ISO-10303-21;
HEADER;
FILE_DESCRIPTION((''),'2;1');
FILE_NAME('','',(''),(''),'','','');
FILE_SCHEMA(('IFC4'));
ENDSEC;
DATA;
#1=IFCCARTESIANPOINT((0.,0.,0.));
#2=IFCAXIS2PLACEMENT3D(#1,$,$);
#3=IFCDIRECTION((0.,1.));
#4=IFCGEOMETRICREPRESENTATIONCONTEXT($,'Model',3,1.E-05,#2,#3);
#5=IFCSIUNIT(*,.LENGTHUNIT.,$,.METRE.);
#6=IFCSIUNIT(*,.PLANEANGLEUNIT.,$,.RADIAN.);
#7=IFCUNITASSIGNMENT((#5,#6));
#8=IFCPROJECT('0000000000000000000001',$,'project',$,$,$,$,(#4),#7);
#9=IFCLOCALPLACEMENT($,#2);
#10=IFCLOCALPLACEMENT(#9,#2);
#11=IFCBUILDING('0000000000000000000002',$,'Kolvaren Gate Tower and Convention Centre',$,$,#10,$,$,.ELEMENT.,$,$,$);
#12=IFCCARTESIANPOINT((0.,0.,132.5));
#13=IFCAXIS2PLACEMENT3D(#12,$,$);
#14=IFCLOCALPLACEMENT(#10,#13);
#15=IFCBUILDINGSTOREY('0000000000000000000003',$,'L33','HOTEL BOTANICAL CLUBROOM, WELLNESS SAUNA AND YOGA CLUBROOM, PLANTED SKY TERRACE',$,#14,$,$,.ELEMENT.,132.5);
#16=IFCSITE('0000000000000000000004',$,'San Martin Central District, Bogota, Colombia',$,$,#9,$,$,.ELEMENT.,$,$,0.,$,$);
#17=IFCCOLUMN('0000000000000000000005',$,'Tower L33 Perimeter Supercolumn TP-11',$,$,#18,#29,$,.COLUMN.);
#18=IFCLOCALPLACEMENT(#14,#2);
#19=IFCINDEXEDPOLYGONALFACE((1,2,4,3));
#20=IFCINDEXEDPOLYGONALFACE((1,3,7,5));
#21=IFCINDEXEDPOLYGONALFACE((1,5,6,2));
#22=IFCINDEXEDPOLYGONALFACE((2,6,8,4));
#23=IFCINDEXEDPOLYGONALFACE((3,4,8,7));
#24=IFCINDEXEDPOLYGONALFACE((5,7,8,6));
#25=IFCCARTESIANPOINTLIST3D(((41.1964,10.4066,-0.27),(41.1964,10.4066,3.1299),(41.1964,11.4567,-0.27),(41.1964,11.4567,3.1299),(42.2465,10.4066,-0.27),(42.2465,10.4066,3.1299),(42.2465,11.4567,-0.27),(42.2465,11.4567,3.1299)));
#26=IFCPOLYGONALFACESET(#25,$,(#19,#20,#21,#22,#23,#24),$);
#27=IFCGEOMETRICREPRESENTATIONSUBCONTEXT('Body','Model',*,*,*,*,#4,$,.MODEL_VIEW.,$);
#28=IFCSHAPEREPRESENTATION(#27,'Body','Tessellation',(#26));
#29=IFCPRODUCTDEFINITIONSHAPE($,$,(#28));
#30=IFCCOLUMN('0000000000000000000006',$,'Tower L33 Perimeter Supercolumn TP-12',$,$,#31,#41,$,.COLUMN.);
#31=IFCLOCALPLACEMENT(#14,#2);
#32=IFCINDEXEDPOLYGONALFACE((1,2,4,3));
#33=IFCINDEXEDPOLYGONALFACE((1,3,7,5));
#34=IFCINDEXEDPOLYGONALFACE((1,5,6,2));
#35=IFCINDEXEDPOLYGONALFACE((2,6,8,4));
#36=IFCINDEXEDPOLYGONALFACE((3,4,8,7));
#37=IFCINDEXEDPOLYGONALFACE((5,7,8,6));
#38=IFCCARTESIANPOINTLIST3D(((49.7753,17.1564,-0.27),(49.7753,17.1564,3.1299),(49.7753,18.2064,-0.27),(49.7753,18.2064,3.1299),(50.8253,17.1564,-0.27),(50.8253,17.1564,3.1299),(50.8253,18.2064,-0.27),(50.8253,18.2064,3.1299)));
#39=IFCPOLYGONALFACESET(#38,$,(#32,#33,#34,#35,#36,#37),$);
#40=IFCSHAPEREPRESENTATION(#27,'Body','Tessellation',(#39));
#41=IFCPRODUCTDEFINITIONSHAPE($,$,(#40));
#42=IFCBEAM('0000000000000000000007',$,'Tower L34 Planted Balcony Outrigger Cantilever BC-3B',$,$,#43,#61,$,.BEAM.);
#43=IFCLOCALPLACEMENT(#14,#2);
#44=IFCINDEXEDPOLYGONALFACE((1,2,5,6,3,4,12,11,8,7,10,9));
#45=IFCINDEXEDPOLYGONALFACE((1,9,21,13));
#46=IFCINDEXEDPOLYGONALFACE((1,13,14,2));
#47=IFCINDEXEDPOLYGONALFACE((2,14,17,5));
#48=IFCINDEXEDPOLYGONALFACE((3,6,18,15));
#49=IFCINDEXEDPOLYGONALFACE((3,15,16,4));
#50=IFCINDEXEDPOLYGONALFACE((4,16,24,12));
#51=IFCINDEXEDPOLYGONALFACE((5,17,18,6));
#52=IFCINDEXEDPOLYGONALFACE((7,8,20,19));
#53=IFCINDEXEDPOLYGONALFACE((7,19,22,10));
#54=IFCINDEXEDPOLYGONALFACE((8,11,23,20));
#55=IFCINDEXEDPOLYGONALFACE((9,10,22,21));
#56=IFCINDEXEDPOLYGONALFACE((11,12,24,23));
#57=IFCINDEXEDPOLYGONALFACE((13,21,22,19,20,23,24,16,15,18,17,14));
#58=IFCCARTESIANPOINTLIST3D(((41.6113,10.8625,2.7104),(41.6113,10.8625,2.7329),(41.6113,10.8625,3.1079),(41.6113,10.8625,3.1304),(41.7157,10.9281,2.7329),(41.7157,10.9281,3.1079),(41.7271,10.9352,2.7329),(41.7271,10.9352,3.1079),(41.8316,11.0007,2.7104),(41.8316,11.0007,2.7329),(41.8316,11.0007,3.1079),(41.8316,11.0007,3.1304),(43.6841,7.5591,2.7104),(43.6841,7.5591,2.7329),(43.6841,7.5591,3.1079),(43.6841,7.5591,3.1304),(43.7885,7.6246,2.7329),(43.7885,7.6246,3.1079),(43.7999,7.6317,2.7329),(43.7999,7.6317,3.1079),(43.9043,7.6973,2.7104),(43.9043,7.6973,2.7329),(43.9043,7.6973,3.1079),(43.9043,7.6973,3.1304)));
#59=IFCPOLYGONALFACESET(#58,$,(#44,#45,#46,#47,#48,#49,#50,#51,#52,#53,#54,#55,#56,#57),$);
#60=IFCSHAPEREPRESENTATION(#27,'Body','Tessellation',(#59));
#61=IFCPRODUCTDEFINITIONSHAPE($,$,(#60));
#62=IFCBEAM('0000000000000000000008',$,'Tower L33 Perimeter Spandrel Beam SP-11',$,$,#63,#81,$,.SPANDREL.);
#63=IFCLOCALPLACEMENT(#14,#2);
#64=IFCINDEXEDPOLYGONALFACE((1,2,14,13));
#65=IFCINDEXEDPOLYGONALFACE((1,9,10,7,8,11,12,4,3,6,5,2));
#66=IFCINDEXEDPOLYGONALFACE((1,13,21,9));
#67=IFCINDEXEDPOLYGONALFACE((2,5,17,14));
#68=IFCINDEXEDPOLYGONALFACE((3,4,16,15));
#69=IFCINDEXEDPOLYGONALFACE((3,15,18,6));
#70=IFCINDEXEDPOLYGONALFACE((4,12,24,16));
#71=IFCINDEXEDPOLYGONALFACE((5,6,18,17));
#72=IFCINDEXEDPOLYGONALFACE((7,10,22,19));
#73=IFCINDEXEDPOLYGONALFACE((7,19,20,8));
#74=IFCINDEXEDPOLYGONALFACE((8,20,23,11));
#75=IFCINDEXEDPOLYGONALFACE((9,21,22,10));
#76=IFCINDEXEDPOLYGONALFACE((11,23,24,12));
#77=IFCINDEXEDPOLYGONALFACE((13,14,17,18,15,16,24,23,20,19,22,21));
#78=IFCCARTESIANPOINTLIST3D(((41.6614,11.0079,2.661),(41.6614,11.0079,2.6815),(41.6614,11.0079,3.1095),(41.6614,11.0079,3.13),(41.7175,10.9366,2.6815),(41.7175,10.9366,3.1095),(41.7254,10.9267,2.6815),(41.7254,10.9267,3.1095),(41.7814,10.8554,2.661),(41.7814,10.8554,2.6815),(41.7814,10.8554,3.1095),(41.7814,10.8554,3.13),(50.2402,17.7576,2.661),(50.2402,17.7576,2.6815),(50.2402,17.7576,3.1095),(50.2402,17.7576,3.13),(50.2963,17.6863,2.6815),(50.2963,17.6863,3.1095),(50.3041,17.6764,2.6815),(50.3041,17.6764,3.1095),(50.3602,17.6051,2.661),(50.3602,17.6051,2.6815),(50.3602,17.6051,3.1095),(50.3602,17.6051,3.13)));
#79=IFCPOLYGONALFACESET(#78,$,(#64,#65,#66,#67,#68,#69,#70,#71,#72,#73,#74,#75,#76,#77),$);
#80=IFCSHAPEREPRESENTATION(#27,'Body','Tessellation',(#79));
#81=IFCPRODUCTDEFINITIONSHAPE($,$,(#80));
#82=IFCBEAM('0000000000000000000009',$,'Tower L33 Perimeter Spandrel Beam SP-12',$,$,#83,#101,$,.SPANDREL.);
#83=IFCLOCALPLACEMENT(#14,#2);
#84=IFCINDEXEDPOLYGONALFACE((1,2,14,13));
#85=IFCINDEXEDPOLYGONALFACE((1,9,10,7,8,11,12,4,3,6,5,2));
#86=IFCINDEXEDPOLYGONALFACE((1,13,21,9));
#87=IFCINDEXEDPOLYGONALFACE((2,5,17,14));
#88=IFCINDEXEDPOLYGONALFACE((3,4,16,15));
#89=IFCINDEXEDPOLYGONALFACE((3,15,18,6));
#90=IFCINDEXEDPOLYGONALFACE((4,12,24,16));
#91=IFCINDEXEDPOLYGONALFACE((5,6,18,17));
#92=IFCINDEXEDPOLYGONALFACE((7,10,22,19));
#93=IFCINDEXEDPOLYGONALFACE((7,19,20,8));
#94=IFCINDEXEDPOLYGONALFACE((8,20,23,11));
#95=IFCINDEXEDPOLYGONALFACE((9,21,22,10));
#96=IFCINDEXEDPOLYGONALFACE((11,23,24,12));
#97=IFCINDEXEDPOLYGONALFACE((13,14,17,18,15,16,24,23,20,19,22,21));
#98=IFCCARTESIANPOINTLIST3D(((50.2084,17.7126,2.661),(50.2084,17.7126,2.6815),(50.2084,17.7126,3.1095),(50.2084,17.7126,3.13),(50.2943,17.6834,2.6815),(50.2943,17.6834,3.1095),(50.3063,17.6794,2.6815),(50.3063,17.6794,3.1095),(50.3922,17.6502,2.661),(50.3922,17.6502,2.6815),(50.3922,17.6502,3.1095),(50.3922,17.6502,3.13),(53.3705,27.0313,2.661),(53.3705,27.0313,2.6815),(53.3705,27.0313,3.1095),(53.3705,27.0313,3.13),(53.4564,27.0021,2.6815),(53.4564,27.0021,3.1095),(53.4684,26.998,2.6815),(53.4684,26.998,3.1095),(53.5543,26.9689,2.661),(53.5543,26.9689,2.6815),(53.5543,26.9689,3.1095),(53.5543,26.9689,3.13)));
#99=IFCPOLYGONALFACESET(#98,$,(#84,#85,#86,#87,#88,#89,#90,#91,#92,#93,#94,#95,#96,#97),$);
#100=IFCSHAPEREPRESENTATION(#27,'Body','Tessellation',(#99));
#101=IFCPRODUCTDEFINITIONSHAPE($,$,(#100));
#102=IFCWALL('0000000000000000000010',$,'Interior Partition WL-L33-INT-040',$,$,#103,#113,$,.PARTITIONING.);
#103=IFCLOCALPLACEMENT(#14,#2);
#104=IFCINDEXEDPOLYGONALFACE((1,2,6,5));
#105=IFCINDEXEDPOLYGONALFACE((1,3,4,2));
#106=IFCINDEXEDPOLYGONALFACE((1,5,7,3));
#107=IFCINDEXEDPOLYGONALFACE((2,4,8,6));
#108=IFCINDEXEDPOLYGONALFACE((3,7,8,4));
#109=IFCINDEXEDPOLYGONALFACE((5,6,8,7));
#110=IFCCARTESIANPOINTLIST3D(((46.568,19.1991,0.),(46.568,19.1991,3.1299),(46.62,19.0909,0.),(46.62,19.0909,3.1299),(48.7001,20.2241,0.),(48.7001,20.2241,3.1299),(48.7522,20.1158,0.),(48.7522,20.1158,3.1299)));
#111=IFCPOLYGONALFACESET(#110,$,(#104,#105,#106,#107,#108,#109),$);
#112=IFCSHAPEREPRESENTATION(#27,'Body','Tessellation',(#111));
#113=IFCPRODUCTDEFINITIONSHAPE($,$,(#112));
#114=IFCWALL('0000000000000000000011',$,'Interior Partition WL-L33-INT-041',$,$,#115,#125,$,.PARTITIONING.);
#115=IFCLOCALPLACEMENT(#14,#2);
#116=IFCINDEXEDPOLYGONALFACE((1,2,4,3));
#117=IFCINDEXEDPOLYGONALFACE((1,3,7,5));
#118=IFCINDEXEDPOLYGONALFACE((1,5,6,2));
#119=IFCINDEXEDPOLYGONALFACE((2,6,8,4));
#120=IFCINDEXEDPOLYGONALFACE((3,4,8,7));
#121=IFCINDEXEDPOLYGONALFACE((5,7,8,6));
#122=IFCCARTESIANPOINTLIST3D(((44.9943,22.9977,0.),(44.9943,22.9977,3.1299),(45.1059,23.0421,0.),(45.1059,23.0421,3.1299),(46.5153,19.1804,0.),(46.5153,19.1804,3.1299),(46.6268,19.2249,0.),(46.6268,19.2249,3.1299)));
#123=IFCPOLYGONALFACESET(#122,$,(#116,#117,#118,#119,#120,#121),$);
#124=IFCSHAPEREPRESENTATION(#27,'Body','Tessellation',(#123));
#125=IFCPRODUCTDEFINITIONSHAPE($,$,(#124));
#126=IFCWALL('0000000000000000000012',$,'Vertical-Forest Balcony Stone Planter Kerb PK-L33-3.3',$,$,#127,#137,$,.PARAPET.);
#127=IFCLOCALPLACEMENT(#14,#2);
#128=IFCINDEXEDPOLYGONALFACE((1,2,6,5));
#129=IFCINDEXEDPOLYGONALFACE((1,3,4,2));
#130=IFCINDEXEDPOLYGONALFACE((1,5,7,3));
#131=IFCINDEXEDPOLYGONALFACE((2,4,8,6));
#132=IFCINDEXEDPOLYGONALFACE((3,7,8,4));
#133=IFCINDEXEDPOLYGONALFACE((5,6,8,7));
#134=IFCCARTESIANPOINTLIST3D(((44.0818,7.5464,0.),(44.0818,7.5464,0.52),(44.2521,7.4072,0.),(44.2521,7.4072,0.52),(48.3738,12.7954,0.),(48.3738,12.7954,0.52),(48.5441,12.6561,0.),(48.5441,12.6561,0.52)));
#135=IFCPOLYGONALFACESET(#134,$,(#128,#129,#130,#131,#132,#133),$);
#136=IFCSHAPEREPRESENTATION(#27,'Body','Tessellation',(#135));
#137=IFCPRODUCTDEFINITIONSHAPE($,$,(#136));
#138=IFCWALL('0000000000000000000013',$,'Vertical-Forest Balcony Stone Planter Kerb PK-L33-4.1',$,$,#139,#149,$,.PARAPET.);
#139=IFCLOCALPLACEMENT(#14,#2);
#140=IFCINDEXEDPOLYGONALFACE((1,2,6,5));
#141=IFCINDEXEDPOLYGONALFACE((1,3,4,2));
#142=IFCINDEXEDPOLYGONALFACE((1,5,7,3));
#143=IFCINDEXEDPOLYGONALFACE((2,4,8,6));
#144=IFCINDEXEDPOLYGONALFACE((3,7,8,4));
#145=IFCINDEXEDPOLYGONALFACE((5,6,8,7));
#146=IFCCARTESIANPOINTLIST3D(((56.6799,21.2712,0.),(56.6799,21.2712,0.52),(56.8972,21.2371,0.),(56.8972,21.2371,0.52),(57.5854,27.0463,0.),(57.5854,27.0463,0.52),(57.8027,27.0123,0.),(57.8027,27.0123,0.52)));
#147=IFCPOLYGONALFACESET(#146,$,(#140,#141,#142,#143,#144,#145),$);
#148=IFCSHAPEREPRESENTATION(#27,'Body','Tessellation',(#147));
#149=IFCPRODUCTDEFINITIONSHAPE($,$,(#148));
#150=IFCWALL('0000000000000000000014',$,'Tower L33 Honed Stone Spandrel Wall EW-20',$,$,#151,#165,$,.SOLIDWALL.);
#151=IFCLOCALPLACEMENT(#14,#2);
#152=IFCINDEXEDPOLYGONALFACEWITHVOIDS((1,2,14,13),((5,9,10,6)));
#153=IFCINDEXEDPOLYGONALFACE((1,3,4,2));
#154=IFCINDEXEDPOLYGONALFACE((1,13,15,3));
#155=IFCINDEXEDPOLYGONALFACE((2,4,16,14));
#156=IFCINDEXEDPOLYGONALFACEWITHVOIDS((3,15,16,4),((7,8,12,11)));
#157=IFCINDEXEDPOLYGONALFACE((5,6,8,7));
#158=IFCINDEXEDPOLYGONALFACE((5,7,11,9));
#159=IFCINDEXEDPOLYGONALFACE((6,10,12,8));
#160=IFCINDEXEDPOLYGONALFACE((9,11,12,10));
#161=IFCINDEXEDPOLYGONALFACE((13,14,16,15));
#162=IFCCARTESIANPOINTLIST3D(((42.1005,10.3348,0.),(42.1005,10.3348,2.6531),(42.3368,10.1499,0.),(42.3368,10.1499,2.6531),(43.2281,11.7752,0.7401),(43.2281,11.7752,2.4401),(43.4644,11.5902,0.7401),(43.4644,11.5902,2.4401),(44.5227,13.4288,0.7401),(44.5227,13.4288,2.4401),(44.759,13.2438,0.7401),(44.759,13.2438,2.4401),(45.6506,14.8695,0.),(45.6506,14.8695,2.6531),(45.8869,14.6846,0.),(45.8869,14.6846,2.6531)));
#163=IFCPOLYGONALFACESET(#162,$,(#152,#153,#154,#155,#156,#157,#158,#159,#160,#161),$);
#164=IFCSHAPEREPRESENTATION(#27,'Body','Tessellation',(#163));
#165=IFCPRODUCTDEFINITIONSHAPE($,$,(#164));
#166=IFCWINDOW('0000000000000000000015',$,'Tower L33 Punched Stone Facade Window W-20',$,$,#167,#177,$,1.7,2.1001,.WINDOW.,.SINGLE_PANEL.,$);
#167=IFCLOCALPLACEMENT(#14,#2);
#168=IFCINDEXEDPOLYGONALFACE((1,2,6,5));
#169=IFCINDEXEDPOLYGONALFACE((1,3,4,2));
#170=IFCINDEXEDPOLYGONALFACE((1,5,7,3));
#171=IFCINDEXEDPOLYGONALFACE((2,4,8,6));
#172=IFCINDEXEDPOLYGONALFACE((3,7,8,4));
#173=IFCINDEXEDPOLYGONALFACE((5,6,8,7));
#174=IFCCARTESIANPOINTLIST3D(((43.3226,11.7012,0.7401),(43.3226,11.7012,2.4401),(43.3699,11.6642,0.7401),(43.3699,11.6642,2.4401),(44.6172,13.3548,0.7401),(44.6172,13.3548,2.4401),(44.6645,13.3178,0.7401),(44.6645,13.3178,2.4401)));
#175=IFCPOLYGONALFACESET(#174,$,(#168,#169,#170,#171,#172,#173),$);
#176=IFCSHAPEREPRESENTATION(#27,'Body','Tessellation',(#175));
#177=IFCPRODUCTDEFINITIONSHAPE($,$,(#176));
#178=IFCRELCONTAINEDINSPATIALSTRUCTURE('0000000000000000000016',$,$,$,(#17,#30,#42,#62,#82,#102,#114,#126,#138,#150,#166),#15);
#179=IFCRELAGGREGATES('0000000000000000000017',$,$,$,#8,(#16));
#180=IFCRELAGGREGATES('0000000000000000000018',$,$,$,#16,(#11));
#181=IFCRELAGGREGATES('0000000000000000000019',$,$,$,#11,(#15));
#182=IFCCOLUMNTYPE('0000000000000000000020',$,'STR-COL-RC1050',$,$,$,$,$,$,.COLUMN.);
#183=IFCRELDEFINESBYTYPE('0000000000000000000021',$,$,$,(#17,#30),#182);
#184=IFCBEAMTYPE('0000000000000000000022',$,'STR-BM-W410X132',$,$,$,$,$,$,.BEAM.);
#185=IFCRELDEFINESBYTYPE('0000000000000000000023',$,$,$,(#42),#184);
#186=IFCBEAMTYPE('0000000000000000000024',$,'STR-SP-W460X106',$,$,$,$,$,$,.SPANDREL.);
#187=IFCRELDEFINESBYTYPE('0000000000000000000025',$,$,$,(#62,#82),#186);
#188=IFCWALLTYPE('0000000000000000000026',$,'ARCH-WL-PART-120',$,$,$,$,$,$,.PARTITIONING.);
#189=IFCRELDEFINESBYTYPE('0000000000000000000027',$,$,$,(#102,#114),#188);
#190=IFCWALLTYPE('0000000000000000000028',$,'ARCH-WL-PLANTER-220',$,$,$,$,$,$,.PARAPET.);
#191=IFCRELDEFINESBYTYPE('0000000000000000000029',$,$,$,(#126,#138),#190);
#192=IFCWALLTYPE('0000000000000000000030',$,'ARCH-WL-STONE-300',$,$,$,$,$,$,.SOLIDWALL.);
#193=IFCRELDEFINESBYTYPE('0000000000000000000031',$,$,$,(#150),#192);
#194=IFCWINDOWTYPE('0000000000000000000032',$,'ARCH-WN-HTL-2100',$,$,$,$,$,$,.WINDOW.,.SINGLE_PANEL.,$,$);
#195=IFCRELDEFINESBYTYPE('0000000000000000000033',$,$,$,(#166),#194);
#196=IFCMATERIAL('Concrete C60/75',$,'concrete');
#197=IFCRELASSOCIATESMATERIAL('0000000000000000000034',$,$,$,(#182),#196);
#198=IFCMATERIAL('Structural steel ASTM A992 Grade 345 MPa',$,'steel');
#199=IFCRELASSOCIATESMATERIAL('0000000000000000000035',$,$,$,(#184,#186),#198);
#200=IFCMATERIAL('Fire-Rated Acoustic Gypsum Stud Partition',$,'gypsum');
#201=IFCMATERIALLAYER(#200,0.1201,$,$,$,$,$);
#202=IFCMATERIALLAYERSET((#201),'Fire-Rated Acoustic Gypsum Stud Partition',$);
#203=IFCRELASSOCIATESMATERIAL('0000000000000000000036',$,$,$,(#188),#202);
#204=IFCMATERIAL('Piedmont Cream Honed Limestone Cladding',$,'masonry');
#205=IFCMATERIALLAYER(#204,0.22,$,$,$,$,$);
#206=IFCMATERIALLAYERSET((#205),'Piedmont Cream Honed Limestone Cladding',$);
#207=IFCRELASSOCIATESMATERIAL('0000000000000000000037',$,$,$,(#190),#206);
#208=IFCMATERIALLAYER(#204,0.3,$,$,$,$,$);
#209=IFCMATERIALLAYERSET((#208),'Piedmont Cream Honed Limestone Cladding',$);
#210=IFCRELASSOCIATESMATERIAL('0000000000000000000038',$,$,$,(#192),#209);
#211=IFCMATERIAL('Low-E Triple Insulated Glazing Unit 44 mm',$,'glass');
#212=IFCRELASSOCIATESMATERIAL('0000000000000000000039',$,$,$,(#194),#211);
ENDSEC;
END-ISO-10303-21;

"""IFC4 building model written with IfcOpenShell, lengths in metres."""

from ifc_helpers import new_model, si_unit, direction, frame, frame_2d, origin, origin_2d, place, context, subcontext, project, spatial, rectangle, i_section, extrude, material, layer, layer_set, material_profile, profile_set, type_object, element, fill, save


model = new_model("IFC4")

# Units and contexts
model_context = context("Model", 3, precision=1e-05, world=origin(), true_north=direction((0.0, 1.0)))
body_context = subcontext(model_context, "Body", "Model", "MODEL_VIEW")
ifc_project = project(units=[si_unit("LENGTHUNIT", "METRE"), si_unit("PLANEANGLEUNIT", "RADIAN")], contexts=[model_context])

# Site, building, storey
site_placement = place(None, origin())
site = spatial("IfcSite", under=ifc_project, at=site_placement, Name="San Martin Central District, Bogota, Colombia", CompositionType="ELEMENT", RefElevation=0.0)
building_placement = place(site_placement, origin())
building = spatial("IfcBuilding", under=site, at=building_placement, Name="Kolvaren Gate Tower and Convention Centre", CompositionType="ELEMENT")
storey_placement = place(building_placement, frame((0.0, 0.0, 132.5)))
storey = spatial("IfcBuildingStorey", under=building, at=storey_placement, Name="L33", Description="HOTEL BOTANICAL CLUBROOM, WELLNESS SAUNA AND YOGA CLUBROOM, PLANTED SKY TERRACE", CompositionType="ELEMENT", Elevation=132.5)

# Columns
ifc_material_1 = material(Name="Concrete C60/75", Category="concrete")
ifc_material_profile_1 = material_profile(ifc_material_1, rectangle(XDim=1.05, YDim=1.05, at=origin_2d()), Name="RC-COL-1050X1050")
ifc_profile_set_1 = profile_set([ifc_material_profile_1], Name="Concrete C60/75")
column_type = type_object("IfcColumnType", Name="STR-COL-RC1050", PredefinedType="COLUMN", material=ifc_profile_set_1)
for number, where, z_axis, x_axis, name in (
    (1, (41.7214, 10.9316, -0.27), (0.0, 0.0, 1.0), (1.0, 0.0, 0.0), "Tower L33 Perimeter Supercolumn TP-11"),
    (2, (50.3003, 17.6814, -0.27), (0.0, 0.0, 1.0), (1.0, 0.0, 0.0), "Tower L33 Perimeter Supercolumn TP-12"),
):
    element("IfcColumn", number, at=place(storey_placement, frame(where, z_axis=z_axis, x_axis=x_axis)), inside=storey, type_object=column_type, Name=name, PredefinedType="COLUMN", context=body_context, shape_type="SweptSolid", body=[
        extrude(rectangle(XDim=1.05, YDim=1.05, at=origin_2d()), origin(), (0.0, 0.0, 1.0), 3.3999),
    ])

# Beams
ifc_material_2 = material(Name="Structural steel ASTM A992 Grade 345 MPa", Category="steel")
ifc_material_profile_2 = material_profile(ifc_material_2, i_section(OverallWidth=0.26, OverallDepth=0.4199, WebThickness=0.0134, FlangeThickness=0.0225, at=origin_2d()), Name="W410X132")
ifc_profile_set_2 = profile_set([ifc_material_profile_2], Name="Structural steel ASTM A992 Grade 345 MPa")
beam_type_1 = type_object("IfcBeamType", Name="STR-BM-W410X132", PredefinedType="BEAM", material=ifc_profile_set_2)
beam_1_placement = place(storey_placement, frame((41.7214, 10.9316, 2.9204), z_axis=(0.531489, -0.847065, 0.0), x_axis=(0.847065, 0.531489, 0.0)))
element("IfcBeam", 3, at=beam_1_placement, inside=storey, type_object=beam_type_1, Name="Tower L34 Planted Balcony Outrigger Cantilever BC-3B", PredefinedType="BEAM", context=body_context, shape_type="SweptSolid", body=[
    extrude(i_section(OverallWidth=0.26, OverallDepth=0.4199, WebThickness=0.0134, FlangeThickness=0.0225, at=origin_2d()), origin(), (0.0, 0.0, 1.0), 3.8999),
])
ifc_material_profile_3 = material_profile(ifc_material_2, i_section(OverallWidth=0.1941, OverallDepth=0.469, WebThickness=0.0127, FlangeThickness=0.0205, at=origin_2d()), Name="W460X106")
ifc_profile_set_3 = profile_set([ifc_material_profile_3], Name="Structural steel ASTM A992 Grade 345 MPa")
beam_type_2 = type_object("IfcBeamType", Name="STR-SP-W460X106", PredefinedType="SPANDREL", material=ifc_profile_set_3)
beam_2_placement = place(storey_placement, frame((41.7214, 10.9316, 2.8955), z_axis=(0.785908, 0.618344, 0.0), x_axis=(-0.618344, 0.785908, 0.0)))
element("IfcBeam", 4, at=beam_2_placement, inside=storey, type_object=beam_type_2, Name="Tower L33 Perimeter Spandrel Beam SP-11", PredefinedType="SPANDREL", context=body_context, shape_type="SweptSolid", body=[
    extrude(i_section(OverallWidth=0.1941, OverallDepth=0.469, WebThickness=0.0127, FlangeThickness=0.0205, at=origin_2d()), origin(), (0.0, 0.0, 1.0), 10.9158),
])
beam_3_placement = place(storey_placement, frame((50.3003, 17.6814, 2.8955), z_axis=(0.321336, 0.946965, 0.0), x_axis=(-0.946965, 0.321336, 0.0)))
element("IfcBeam", 5, at=beam_3_placement, inside=storey, type_object=beam_type_2, Name="Tower L33 Perimeter Spandrel Beam SP-12", PredefinedType="SPANDREL", context=body_context, shape_type="SweptSolid", body=[
    extrude(i_section(OverallWidth=0.1941, OverallDepth=0.469, WebThickness=0.0127, FlangeThickness=0.0205, at=origin_2d()), origin(), (0.0, 0.0, 1.0), 9.8406),
])

# Walls
ifc_material_3 = material(Name="Fire-Rated Acoustic Gypsum Stud Partition", Category="gypsum")
ifc_layer_1 = layer(ifc_material_3, 0.1201)
ifc_layer_set_1 = layer_set([ifc_layer_1], Name="Fire-Rated Acoustic Gypsum Stud Partition")
wall_type_1 = type_object("IfcWallType", Name="ARCH-WL-PART-120", PredefinedType="PARTITIONING", material=ifc_layer_set_1)
wall_1_placement = place(storey_placement, frame((46.594, 19.145, 0.0), z_axis=(0.0, 0.0, 1.0), x_axis=(0.901275, 0.433248, 0.0)))
element("IfcWall", 6, at=wall_1_placement, inside=storey, type_object=wall_type_1, Name="Interior Partition WL-L33-INT-040", PredefinedType="PARTITIONING", context=body_context, shape_type="SweptSolid", body=[
    extrude(rectangle(XDim=2.3657, YDim=0.1201, at=frame_2d((1.1829, 0.0))), origin(), (0.0, 0.0, 1.0), 3.1299),
])
wall_2_placement = place(storey_placement, frame((45.05, 23.02, 0.0), z_axis=(0.0, 0.0, 1.0), x_axis=(0.370141, -0.928976, 0.0)))
element("IfcWall", 7, at=wall_2_placement, inside=storey, type_object=wall_type_1, Name="Interior Partition WL-L33-INT-041", PredefinedType="PARTITIONING", context=body_context, shape_type="SweptSolid", body=[
    extrude(rectangle(XDim=4.1091, YDim=0.1201, at=frame_2d((2.0547, 0.0))), origin(), (0.0, 0.0, 1.0), 3.1299),
])
ifc_material_4 = material(Name="Piedmont Cream Honed Limestone Cladding", Category="masonry")
ifc_layer_2 = layer(ifc_material_4, 0.22)
ifc_layer_set_2 = layer_set([ifc_layer_2], Name="Piedmont Cream Honed Limestone Cladding")
wall_type_2 = type_object("IfcWallType", Name="ARCH-WL-PLANTER-220", PredefinedType="PARAPET", material=ifc_layer_set_2)
wall_3_placement = place(storey_placement, frame((44.167, 7.4768, 0.0), z_axis=(0.0, 0.0, 1.0), x_axis=(0.633002, 0.77415, 0.0)))
element("IfcWall", 8, at=wall_3_placement, inside=storey, type_object=wall_type_2, Name="Vertical-Forest Balcony Stone Planter Kerb PK-L33-3.3", PredefinedType="PARAPET", context=body_context, shape_type="SweptSolid", body=[
    extrude(rectangle(XDim=6.7803, YDim=0.22, at=frame_2d((3.3901, 0.0))), origin(), (0.0, 0.0, 1.0), 0.52),
])
wall_4_placement = place(storey_placement, frame((56.7886, 21.2542, 0.0), z_axis=(0.0, 0.0, 1.0), x_axis=(0.154903, 0.98793, 0.0)))
element("IfcWall", 9, at=wall_4_placement, inside=storey, type_object=wall_type_2, Name="Vertical-Forest Balcony Stone Planter Kerb PK-L33-4.1", PredefinedType="PARAPET", context=body_context, shape_type="SweptSolid", body=[
    extrude(rectangle(XDim=5.8457, YDim=0.22, at=frame_2d((2.9229, 0.0))), origin(), (0.0, 0.0, 1.0), 0.52),
])

# Wall, opening, window
ifc_layer_3 = layer(ifc_material_4, 0.3)
ifc_layer_set_3 = layer_set([ifc_layer_3], Name="Piedmont Cream Honed Limestone Cladding")
wall_type_3 = type_object("IfcWallType", Name="ARCH-WL-STONE-300", PredefinedType="SOLIDWALL", material=ifc_layer_set_3)
wall_5_placement = place(storey_placement, frame((42.2188, 10.2424, 0.0), z_axis=(0.0, 0.0, 1.0), x_axis=(0.616435, 0.787406, 0.0)))
wall_5 = element("IfcWall", 10, at=wall_5_placement, inside=storey, type_object=wall_type_3, Name="Tower L33 Honed Stone Spandrel Wall EW-20", PredefinedType="SOLIDWALL", context=body_context, shape_type="SweptSolid", body=[
    extrude(rectangle(XDim=5.759, YDim=0.3, at=frame_2d((2.8794, 0.0))), origin(), (0.0, 0.0, 1.0), 2.6531),
])
opening_1_placement = place(wall_5_placement, frame((1.8291, 0.0, 0.74)))
opening_1 = element("IfcOpeningElement", 11, at=opening_1_placement, cuts=wall_5, PredefinedType="OPENING", context=body_context, shape_type="SweptSolid", body=[
    extrude(rectangle(XDim=2.1001, YDim=1.7, at=frame_2d((1.05, 0.8501))), frame((0.0, 0.1599, 0.0), z_axis=(0.0, -1.0, 0.0), x_axis=(1.0, 0.0, 0.0)), (0.0, 0.0, 1.0), 0.3201),
])
ifc_material_5 = material(Name="Low-E Triple Insulated Glazing Unit 44 mm", Category="glass")
window_type_1 = type_object("IfcWindowType", Name="ARCH-WN-HTL-2100", PartitioningType="SINGLE_PANEL", PredefinedType="WINDOW", material=ifc_material_5)
window_1_placement = place(opening_1_placement, origin())
window_1 = element("IfcWindow", 12, at=window_1_placement, inside=storey, type_object=window_type_1, Name="Tower L33 Punched Stone Facade Window W-20", OverallHeight=1.7, OverallWidth=2.1001, PartitioningType="SINGLE_PANEL", PredefinedType="WINDOW", context=body_context, shape_type="SweptSolid", body=[
    extrude(rectangle(XDim=2.1001, YDim=1.7, at=frame_2d((1.05, 0.8501))), frame((0.0, 0.03, 0.0), z_axis=(0.0, -1.0, 0.0), x_axis=(1.0, 0.0, 0.0)), (0.0, 0.0, 1.0), 0.0601),
])
fill(opening_1, window_1)

save(model, "model.ifc")
